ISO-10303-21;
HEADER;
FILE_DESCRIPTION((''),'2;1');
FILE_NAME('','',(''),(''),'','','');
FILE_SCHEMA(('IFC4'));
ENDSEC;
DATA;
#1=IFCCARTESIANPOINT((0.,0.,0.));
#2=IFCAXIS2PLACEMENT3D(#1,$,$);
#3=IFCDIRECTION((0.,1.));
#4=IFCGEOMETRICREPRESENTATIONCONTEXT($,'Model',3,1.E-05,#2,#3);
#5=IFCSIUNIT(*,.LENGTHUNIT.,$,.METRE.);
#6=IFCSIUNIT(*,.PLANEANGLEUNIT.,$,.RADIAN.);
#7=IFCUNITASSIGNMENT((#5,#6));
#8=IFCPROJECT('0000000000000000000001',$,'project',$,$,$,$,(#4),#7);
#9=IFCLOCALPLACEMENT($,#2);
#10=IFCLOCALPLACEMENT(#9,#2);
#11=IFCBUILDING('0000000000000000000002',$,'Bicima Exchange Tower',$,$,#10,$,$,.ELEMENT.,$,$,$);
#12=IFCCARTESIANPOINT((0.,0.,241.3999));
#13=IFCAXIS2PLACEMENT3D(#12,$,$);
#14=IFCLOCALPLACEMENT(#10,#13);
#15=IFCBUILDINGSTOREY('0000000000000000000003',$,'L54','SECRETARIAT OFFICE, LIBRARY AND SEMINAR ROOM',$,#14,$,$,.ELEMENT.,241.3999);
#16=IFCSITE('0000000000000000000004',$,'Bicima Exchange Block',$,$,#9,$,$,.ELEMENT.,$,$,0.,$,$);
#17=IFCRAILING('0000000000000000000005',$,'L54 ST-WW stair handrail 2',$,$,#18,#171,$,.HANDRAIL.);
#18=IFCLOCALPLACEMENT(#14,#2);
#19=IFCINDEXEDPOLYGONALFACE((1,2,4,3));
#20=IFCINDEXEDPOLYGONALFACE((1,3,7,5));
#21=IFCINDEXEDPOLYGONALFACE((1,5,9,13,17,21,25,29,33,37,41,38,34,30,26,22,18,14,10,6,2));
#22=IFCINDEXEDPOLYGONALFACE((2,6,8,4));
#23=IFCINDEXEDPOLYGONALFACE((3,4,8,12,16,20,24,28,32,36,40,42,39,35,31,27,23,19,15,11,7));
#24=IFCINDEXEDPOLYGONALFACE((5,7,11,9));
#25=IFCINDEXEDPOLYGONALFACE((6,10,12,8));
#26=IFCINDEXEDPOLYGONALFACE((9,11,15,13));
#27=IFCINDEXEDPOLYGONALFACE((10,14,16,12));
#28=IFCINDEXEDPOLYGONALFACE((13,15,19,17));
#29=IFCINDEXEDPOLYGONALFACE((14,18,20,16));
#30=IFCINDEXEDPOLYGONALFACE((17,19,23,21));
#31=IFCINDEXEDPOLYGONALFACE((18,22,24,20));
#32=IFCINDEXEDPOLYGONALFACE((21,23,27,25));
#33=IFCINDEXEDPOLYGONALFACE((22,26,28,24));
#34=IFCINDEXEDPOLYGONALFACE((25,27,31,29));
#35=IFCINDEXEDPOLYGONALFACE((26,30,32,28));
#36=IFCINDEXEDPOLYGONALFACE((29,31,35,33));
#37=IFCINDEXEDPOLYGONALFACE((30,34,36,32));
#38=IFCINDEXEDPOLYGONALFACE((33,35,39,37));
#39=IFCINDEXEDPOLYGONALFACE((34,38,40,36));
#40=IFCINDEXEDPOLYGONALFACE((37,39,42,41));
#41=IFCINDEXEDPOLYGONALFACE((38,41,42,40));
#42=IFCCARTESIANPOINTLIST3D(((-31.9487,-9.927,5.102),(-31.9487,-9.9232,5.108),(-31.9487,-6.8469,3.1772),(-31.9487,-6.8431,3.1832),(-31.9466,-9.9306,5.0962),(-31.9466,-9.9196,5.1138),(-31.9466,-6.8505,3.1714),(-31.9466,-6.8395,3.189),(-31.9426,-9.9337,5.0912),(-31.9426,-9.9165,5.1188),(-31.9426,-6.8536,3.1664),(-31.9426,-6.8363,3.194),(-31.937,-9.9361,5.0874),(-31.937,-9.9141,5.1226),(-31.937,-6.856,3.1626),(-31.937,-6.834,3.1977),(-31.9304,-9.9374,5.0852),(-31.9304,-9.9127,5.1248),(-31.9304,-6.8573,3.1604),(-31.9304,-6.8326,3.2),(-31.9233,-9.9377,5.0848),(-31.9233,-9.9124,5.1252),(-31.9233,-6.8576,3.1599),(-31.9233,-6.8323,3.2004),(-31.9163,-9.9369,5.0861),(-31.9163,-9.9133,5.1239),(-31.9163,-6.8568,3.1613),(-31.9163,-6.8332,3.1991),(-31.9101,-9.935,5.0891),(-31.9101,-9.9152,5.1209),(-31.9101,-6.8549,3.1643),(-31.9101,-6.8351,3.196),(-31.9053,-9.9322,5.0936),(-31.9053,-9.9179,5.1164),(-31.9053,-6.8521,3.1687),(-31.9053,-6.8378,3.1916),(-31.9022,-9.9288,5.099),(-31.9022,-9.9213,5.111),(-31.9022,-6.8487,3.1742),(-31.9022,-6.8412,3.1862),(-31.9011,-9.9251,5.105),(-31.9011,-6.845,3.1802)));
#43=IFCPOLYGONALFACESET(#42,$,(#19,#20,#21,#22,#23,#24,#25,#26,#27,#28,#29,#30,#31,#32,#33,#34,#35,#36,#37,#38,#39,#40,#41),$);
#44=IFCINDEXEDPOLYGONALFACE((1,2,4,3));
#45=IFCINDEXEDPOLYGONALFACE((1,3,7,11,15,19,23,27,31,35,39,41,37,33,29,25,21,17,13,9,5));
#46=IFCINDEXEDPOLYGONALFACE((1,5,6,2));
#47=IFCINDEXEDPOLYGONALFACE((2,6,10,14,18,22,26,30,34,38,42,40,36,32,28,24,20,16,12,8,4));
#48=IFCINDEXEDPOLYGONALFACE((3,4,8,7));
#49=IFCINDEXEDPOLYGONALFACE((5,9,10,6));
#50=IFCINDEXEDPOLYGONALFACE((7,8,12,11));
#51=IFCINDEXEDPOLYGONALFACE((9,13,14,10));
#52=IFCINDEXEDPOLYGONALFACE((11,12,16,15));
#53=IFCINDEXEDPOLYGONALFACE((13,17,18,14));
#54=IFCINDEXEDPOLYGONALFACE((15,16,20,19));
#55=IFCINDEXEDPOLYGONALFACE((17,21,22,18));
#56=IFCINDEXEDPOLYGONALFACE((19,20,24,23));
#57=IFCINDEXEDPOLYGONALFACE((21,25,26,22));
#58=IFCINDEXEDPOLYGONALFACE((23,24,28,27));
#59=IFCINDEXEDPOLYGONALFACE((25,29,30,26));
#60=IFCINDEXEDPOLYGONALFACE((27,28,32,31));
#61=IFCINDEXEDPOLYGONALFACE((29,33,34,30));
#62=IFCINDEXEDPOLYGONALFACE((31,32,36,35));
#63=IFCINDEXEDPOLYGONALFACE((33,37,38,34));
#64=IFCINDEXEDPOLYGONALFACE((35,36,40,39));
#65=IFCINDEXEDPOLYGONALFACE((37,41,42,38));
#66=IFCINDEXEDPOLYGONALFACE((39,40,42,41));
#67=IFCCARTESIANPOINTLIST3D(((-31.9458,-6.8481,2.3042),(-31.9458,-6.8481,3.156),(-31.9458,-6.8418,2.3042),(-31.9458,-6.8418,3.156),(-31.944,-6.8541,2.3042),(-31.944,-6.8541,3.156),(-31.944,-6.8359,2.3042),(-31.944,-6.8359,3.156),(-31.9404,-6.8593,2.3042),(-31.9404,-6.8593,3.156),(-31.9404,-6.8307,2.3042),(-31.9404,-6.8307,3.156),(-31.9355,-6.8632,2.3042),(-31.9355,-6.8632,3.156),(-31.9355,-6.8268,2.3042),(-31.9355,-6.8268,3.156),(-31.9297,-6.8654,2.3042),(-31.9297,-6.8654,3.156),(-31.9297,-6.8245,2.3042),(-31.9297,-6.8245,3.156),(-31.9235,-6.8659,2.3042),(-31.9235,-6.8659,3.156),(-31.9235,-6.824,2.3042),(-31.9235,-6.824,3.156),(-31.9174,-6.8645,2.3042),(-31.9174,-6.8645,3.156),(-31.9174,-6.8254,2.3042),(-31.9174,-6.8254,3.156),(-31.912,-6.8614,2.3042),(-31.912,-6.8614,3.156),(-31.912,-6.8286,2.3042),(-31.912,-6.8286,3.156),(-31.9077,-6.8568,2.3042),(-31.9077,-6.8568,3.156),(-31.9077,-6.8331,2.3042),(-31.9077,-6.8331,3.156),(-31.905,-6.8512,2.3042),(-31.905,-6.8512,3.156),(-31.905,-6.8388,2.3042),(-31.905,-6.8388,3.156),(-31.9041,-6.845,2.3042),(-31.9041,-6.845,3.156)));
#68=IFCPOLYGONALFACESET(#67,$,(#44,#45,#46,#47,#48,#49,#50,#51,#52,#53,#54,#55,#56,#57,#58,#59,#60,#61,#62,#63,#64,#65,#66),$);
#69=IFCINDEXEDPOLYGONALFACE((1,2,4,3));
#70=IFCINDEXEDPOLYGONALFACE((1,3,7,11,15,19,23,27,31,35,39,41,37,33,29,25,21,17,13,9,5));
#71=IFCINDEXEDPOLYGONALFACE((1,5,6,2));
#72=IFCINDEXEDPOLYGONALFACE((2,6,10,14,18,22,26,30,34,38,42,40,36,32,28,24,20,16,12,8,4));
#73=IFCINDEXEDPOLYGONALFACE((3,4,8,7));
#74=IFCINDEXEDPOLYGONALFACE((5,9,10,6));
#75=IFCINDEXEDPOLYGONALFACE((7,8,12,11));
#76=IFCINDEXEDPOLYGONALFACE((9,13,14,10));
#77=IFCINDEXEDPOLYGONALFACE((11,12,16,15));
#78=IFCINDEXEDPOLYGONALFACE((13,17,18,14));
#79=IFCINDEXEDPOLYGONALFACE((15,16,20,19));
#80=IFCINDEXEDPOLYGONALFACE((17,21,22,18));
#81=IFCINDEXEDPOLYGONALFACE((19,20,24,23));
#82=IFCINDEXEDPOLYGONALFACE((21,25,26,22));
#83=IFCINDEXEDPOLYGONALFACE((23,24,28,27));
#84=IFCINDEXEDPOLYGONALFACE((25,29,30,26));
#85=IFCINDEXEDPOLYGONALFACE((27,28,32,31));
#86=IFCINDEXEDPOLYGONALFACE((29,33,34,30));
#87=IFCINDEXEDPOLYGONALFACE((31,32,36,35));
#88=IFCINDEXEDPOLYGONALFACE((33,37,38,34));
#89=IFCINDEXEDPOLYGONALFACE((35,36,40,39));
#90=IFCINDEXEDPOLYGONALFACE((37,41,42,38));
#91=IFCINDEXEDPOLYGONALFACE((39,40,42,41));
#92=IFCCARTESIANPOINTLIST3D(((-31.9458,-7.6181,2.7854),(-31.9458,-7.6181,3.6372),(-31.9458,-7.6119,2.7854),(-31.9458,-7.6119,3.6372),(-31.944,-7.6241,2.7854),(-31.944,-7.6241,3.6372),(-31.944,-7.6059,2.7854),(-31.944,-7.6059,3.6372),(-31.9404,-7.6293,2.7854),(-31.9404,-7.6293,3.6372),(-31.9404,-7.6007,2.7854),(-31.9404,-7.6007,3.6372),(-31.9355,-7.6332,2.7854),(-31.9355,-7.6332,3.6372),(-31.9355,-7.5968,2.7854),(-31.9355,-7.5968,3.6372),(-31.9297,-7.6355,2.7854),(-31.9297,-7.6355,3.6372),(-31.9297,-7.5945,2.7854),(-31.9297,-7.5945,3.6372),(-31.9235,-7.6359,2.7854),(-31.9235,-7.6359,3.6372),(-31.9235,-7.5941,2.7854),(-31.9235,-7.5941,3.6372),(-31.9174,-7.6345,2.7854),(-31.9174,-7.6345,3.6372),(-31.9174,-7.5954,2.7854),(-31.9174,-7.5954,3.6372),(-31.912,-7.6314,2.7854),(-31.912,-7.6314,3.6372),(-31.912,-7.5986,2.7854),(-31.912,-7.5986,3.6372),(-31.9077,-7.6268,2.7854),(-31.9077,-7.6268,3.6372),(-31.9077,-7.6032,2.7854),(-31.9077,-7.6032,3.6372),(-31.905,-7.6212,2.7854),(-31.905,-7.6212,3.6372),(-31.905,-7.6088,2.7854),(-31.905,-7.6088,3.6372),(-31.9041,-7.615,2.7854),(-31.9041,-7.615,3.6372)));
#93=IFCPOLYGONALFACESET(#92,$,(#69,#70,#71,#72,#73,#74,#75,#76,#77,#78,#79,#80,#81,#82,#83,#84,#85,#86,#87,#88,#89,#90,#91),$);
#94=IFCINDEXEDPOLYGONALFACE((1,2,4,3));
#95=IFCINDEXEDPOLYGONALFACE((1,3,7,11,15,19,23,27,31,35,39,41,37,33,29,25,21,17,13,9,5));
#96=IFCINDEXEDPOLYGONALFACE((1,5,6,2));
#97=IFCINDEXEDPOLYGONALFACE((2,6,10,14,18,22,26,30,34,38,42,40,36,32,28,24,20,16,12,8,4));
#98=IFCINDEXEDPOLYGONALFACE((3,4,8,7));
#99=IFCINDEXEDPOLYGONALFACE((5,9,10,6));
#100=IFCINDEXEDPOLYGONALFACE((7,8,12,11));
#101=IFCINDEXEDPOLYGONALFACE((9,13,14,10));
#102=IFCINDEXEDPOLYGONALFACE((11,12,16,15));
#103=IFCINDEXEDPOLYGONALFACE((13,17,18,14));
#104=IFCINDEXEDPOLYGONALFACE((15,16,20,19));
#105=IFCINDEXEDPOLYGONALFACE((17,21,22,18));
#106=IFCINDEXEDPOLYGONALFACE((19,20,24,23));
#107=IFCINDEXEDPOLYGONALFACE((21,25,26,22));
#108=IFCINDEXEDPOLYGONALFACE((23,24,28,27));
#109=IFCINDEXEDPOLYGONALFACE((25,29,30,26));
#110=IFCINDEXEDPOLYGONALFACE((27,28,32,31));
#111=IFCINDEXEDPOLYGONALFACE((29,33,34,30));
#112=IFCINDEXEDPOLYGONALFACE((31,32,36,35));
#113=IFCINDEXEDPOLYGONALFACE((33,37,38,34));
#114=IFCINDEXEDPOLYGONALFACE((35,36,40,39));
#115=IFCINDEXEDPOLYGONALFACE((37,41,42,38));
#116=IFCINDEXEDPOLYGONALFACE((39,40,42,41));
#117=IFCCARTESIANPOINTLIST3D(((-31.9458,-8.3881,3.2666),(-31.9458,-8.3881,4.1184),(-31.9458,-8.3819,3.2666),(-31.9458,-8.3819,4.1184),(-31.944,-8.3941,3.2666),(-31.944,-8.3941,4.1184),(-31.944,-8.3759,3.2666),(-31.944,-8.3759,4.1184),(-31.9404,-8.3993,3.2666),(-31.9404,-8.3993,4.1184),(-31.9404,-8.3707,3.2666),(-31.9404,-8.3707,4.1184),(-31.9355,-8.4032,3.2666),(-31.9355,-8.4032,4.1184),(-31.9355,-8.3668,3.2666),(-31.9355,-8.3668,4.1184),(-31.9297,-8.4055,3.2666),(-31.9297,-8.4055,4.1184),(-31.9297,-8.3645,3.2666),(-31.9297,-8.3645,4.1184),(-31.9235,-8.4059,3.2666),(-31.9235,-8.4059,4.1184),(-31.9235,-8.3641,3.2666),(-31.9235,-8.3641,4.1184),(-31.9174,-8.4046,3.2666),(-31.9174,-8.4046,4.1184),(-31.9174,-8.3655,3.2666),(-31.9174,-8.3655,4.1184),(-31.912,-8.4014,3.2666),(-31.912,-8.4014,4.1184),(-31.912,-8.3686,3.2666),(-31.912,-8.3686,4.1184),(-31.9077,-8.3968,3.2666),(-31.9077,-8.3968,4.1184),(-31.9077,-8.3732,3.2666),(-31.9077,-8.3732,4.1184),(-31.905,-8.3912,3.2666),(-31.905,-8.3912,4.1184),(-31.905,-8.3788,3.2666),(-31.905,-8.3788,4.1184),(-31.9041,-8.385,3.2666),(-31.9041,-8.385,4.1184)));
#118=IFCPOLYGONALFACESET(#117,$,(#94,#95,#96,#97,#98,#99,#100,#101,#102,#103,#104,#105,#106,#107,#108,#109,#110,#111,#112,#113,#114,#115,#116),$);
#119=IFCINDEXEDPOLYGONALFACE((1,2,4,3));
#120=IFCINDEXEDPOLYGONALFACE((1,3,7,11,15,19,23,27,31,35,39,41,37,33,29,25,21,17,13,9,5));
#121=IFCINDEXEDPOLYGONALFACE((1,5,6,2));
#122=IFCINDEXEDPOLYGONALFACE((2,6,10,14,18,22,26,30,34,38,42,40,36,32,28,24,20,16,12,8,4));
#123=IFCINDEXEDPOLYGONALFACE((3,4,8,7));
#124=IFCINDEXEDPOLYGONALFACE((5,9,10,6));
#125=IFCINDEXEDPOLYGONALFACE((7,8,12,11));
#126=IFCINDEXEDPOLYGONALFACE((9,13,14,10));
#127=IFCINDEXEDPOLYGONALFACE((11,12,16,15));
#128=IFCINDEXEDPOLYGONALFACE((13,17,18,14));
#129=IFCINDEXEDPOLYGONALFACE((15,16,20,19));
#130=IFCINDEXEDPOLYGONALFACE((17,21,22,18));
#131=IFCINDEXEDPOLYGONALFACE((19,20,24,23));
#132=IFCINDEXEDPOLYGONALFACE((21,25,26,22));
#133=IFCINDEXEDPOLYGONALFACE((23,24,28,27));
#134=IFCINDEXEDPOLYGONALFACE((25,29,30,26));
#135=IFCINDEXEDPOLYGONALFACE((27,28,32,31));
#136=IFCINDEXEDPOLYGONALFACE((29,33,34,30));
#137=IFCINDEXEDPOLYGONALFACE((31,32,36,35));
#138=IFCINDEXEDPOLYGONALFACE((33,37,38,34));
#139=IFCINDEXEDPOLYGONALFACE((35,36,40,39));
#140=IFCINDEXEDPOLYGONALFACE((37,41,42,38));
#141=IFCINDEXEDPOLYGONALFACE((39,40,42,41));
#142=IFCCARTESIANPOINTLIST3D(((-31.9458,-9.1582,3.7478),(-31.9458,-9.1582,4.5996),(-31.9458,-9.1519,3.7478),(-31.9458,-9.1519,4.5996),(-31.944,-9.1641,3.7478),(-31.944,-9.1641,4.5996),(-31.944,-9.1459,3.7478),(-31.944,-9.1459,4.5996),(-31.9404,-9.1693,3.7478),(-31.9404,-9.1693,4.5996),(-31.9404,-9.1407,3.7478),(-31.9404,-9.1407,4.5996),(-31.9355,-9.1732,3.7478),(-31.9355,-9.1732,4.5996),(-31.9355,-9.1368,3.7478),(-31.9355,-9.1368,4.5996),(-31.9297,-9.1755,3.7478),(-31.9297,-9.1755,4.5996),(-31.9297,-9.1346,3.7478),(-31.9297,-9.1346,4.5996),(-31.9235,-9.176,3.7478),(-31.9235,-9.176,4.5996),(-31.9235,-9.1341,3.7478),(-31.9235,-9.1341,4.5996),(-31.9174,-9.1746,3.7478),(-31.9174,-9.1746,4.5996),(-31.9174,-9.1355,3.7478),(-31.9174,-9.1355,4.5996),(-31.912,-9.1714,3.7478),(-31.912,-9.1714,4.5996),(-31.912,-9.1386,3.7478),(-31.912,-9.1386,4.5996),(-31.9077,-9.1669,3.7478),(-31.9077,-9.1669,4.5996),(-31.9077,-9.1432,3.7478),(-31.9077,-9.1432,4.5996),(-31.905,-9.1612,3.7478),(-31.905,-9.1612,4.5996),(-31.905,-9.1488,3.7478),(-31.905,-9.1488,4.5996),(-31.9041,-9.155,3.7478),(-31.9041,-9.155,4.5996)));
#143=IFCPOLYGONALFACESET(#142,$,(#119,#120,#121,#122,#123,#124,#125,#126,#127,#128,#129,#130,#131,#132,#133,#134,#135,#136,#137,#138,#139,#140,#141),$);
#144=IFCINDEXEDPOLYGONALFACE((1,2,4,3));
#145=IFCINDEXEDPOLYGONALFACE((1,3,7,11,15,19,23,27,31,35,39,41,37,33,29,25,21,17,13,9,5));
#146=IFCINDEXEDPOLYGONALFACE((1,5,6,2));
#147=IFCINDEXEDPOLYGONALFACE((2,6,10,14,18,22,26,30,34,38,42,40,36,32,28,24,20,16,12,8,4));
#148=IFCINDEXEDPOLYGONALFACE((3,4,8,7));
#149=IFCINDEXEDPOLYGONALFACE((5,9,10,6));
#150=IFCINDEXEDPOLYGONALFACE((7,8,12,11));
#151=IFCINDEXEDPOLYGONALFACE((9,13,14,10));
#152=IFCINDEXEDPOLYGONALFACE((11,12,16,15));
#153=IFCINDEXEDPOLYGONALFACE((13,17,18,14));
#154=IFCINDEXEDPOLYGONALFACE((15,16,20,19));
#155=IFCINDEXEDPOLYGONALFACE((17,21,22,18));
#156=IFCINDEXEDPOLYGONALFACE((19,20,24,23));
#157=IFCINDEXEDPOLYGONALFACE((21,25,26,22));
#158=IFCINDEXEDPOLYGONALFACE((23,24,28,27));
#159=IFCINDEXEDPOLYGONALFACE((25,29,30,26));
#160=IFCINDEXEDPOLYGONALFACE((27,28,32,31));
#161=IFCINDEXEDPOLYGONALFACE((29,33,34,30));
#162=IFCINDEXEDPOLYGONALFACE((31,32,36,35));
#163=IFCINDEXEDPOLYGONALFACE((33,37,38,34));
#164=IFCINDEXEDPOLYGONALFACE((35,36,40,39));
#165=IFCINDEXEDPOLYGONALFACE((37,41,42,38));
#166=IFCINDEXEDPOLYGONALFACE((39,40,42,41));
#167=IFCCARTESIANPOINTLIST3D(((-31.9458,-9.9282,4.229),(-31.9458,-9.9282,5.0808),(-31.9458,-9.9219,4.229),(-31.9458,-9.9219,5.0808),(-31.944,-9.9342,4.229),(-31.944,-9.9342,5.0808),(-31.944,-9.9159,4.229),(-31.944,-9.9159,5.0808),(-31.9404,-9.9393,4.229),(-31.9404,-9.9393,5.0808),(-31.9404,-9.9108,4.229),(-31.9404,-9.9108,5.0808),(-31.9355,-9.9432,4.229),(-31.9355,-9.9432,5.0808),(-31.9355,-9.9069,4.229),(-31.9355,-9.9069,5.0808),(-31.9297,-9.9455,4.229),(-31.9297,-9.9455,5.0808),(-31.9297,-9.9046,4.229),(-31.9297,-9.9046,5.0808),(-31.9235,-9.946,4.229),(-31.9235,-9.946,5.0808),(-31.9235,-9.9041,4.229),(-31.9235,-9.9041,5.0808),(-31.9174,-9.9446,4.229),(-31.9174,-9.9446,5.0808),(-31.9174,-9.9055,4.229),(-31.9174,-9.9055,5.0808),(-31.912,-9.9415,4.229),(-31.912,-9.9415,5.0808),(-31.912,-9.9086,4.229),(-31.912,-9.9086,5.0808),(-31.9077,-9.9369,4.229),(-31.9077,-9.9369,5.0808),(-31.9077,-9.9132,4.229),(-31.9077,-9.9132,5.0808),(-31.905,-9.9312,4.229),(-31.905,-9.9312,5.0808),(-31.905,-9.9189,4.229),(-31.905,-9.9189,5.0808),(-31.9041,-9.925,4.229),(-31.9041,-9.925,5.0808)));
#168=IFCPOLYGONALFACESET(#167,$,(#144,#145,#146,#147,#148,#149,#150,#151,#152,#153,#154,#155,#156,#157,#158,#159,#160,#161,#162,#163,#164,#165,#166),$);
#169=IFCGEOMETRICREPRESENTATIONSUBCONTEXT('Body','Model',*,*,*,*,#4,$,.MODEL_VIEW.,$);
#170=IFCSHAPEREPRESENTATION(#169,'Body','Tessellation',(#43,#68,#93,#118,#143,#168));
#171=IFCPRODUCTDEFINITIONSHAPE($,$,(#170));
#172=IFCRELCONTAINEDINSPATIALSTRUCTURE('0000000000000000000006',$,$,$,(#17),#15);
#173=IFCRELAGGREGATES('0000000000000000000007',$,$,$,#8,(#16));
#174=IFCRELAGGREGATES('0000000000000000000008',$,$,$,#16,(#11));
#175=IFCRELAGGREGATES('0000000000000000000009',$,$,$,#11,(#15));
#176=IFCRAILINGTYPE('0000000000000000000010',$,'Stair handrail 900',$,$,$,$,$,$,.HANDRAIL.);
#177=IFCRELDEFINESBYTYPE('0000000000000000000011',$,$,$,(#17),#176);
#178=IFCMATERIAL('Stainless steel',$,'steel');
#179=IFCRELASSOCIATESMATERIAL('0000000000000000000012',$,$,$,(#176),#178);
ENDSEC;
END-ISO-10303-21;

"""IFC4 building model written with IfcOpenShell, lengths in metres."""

from ifc_helpers import new_model, si_unit, direction, frame, origin, origin_2d, place, context, subcontext, project, spatial, circle, extrude, material, type_object, element, save


model = new_model("IFC4")

# Units and contexts
model_context = context("Model", 3, precision=1e-05, world=origin(), true_north=direction((0.0, 1.0)))
body_context = subcontext(model_context, "Body", "Model", "MODEL_VIEW")
ifc_project = project(units=[si_unit("LENGTHUNIT", "METRE"), si_unit("PLANEANGLEUNIT", "RADIAN")], contexts=[model_context])

# Site, building, storey
site_placement = place(None, origin())
site = spatial("IfcSite", under=ifc_project, at=site_placement, Name="Bicima Exchange Block", CompositionType="ELEMENT", RefElevation=0.0)
building_placement = place(site_placement, origin())
building = spatial("IfcBuilding", under=site, at=building_placement, Name="Bicima Exchange Tower", CompositionType="ELEMENT")
storey_placement = place(building_placement, frame((0.0, 0.0, 241.3999)))
storey = spatial("IfcBuildingStorey", under=building, at=storey_placement, Name="L54", Description="SECRETARIAT OFFICE, LIBRARY AND SEMINAR ROOM", CompositionType="ELEMENT", Elevation=241.3999)

# Railing
ifc_material_1 = material(Name="Stainless steel", Category="steel")
railing_type_1 = type_object("IfcRailingType", Name="Stair handrail 900", PredefinedType="HANDRAIL", material=ifc_material_1)
railing_1_placement = place(storey_placement, frame((-31.925, -6.845, 2.3042)))
element("IfcRailing", 1, at=railing_1_placement, inside=storey, type_object=railing_type_1, Name="L54 ST-WW stair handrail 2", PredefinedType="HANDRAIL", context=body_context, shape_type="SweptSolid", body=[
    extrude(circle(Radius=0.0239, at=origin_2d()), frame((0.0, 0.0, 0.876), z_axis=(0.0, -0.848029, 0.529951), x_axis=(1.0, 0.0, 0.0)), (0.0, 0.0, 1.0), 3.6321),
    extrude(circle(Radius=0.021, at=origin_2d()), origin(), (0.0, 0.0, 1.0), 0.8518),
    extrude(circle(Radius=0.021, at=origin_2d()), frame((0.0, -0.77, 0.4812)), (0.0, 0.0, 1.0), 0.8518),
    extrude(circle(Radius=0.021, at=origin_2d()), frame((0.0, -1.54, 0.9624)), (0.0, 0.0, 1.0), 0.8518),
    extrude(circle(Radius=0.021, at=origin_2d()), frame((0.0, -2.3101, 1.4436)), (0.0, 0.0, 1.0), 0.8518),
    extrude(circle(Radius=0.021, at=origin_2d()), frame((0.0, -3.0801, 1.9248)), (0.0, 0.0, 1.0), 0.8518),
])

save(model, "model.ifc")
